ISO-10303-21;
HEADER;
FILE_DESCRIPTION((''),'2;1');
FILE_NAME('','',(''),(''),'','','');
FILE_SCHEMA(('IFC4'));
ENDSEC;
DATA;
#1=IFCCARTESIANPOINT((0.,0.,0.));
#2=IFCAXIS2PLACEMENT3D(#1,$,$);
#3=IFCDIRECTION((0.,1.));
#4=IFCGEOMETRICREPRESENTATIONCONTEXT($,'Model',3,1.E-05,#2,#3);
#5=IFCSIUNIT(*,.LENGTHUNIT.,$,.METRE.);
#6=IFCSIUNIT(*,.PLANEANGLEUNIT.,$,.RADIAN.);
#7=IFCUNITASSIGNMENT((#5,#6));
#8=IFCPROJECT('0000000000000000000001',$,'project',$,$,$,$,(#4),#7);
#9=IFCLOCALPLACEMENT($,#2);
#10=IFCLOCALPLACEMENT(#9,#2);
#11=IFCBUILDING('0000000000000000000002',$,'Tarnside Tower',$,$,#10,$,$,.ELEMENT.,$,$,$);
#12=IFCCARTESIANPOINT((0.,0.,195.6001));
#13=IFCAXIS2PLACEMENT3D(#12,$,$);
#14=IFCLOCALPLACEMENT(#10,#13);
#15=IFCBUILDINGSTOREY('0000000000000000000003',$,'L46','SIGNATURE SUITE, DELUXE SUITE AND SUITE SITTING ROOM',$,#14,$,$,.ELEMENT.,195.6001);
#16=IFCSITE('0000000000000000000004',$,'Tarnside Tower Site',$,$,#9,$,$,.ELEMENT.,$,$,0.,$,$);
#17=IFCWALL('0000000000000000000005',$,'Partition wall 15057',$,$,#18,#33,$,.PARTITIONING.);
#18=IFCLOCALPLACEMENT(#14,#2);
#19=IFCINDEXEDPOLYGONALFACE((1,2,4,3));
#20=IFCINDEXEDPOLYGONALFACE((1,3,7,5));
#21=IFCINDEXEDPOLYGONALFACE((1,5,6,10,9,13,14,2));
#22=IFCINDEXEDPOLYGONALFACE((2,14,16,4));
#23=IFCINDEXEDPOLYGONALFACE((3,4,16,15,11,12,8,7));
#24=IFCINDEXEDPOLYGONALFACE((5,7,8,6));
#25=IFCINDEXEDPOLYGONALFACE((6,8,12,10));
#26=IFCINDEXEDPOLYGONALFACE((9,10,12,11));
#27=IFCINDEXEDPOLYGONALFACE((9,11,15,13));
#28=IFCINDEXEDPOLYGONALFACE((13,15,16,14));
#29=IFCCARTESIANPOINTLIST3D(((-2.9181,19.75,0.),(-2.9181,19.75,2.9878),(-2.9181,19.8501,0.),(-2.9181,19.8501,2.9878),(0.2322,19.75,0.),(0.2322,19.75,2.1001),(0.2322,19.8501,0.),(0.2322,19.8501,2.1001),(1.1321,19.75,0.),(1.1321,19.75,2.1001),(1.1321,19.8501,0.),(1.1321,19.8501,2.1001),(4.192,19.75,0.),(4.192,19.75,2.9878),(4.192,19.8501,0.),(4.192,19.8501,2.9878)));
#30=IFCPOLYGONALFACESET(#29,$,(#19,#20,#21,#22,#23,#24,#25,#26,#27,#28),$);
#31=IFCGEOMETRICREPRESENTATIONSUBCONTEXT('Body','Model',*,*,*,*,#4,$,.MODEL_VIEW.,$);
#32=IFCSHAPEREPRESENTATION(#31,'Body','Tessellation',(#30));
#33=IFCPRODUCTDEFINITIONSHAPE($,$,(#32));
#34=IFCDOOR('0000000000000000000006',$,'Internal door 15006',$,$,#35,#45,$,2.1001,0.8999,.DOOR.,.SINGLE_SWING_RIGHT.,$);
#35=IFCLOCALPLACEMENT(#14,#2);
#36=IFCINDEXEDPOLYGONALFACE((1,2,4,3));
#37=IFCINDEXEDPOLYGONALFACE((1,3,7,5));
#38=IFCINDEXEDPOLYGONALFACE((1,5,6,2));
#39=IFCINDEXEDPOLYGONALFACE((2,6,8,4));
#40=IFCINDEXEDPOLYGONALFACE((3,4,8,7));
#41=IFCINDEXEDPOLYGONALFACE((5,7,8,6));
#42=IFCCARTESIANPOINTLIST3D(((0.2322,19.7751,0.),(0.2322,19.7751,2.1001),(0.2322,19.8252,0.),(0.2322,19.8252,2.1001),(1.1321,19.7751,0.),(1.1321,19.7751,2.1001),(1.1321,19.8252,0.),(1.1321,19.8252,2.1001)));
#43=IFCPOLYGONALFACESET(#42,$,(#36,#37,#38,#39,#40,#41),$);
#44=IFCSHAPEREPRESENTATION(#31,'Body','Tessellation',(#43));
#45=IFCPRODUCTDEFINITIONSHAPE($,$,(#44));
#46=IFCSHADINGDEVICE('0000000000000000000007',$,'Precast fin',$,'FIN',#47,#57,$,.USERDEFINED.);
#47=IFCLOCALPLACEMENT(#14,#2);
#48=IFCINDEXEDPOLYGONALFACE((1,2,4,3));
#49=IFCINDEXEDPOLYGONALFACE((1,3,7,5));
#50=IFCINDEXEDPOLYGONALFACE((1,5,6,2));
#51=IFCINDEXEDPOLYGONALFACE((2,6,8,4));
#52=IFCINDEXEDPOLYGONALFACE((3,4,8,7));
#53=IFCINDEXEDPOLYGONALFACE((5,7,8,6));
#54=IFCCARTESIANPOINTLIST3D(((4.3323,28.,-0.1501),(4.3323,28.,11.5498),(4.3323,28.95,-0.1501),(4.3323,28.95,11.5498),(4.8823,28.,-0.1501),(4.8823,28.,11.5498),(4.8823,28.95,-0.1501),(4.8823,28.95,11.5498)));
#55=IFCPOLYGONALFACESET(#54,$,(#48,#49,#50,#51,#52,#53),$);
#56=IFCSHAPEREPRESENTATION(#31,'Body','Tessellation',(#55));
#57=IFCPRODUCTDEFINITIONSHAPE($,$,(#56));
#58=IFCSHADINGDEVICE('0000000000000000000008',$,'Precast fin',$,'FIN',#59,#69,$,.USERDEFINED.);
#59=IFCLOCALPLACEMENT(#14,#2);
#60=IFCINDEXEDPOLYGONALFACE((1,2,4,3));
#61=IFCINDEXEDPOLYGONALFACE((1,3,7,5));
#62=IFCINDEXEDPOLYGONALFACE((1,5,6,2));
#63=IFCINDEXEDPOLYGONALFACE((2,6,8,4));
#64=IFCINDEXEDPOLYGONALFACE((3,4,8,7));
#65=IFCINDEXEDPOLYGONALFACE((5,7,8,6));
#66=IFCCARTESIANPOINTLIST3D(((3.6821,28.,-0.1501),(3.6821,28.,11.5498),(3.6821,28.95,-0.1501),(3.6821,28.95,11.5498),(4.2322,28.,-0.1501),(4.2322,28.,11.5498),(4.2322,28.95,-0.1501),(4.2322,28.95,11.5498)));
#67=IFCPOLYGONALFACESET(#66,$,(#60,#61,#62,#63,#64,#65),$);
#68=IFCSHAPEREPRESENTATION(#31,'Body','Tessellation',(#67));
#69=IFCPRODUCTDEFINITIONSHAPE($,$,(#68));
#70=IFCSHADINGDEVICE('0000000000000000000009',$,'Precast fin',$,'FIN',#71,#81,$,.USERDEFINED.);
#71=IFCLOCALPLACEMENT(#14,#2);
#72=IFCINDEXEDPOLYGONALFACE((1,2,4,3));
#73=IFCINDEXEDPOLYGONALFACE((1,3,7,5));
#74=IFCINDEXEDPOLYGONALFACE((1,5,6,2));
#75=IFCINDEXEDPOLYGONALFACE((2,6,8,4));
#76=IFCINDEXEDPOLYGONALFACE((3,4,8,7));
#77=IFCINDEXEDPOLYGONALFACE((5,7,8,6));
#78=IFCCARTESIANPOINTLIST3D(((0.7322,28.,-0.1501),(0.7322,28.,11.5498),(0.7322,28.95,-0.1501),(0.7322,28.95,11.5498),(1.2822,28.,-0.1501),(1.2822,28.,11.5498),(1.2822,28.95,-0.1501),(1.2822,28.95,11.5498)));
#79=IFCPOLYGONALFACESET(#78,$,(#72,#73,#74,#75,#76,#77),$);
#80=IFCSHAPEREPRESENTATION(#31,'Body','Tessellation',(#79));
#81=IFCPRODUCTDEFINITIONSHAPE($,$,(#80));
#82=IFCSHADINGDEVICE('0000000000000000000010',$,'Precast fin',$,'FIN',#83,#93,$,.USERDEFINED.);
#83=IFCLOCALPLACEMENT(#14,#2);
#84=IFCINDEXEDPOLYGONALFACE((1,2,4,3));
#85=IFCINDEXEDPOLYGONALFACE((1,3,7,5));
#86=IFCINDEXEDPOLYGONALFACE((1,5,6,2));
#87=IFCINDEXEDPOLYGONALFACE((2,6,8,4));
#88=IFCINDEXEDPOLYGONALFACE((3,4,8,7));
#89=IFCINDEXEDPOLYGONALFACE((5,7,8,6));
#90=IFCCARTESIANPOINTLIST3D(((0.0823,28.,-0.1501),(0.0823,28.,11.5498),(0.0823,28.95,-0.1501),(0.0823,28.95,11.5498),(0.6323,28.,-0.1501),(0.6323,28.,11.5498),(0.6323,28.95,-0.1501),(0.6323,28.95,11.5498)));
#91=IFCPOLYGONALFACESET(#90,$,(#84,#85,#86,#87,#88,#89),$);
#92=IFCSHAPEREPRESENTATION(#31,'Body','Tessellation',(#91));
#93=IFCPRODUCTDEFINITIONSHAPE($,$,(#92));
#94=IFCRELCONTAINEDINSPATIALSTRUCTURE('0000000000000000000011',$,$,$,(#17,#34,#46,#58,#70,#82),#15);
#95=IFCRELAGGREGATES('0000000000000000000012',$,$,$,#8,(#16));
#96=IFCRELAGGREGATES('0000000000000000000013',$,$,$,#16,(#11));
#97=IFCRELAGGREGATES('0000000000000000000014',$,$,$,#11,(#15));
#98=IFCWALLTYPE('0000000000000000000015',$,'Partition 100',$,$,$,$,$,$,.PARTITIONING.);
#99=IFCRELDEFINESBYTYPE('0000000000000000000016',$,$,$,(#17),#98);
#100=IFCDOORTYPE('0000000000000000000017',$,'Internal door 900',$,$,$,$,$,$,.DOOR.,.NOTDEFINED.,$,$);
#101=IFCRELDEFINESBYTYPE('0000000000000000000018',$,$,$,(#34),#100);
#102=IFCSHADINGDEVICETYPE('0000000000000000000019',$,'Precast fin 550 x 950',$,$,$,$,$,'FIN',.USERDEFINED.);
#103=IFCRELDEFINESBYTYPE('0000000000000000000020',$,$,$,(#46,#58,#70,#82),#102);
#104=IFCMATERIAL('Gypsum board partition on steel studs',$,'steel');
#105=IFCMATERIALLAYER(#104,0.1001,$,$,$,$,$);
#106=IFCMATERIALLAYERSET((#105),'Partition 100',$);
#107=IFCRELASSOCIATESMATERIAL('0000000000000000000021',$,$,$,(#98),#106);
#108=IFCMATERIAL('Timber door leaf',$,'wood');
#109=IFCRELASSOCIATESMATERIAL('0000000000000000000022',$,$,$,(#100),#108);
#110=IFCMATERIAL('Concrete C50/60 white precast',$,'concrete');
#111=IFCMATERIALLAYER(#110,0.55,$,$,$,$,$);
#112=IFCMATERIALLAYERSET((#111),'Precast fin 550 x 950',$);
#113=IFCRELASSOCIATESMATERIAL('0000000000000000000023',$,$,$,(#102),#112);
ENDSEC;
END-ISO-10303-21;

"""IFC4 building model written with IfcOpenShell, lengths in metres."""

from ifc_helpers import new_model, si_unit, direction, frame, frame_2d, origin, place, context, subcontext, project, spatial, polyline, rectangle, outline, extrude, material, layer, layer_set, type_object, element, fill, save


model = new_model("IFC4")

# Units and contexts
model_context = context("Model", 3, precision=1e-05, world=origin(), true_north=direction((0.0, 1.0)))
body_context = subcontext(model_context, "Body", "Model", "MODEL_VIEW")
ifc_project = project(units=[si_unit("LENGTHUNIT", "METRE"), si_unit("PLANEANGLEUNIT", "RADIAN")], contexts=[model_context])

# Site, building, storey
site_placement = place(None, origin())
site = spatial("IfcSite", under=ifc_project, at=site_placement, Name="Tarnside Tower Site", CompositionType="ELEMENT", RefElevation=0.0)
building_placement = place(site_placement, origin())
building = spatial("IfcBuilding", under=site, at=building_placement, Name="Tarnside Tower", CompositionType="ELEMENT")
storey_placement = place(building_placement, frame((0.0, 0.0, 195.6001)))
storey = spatial("IfcBuildingStorey", under=building, at=storey_placement, Name="L46", Description="SIGNATURE SUITE, DELUXE SUITE AND SUITE SITTING ROOM", CompositionType="ELEMENT", Elevation=195.6001)

# Shared definitions
ifc_material_1 = material(Name="Gypsum board partition on steel studs", Category="steel")

# Shared definitions
ifc_material_2 = material(Name="Timber door leaf", Category="wood")

# Wall, opening, door
ifc_layer_1 = layer(ifc_material_1, 0.1001)
ifc_layer_set_1 = layer_set([ifc_layer_1], Name="Partition 100")
wall_type_1 = type_object("IfcWallType", Name="Partition 100", PredefinedType="PARTITIONING", material=ifc_layer_set_1)
wall_1_placement = place(storey_placement, frame((4.1921, 19.8, 0.0), z_axis=(0.0, 0.0, 1.0), x_axis=(-1.0, 0.0, 0.0)))
wall_1 = element("IfcWall", 1, at=wall_1_placement, inside=storey, type_object=wall_type_1, Name="Partition wall 15057", PredefinedType="PARTITIONING", context=body_context, shape_type="SweptSolid", body=[
    extrude(rectangle(XDim=7.1101, YDim=0.1001, at=frame_2d((3.5552, 0.0))), origin(), (0.0, 0.0, 1.0), 2.9878),
])
opening_1_placement = place(wall_1_placement, frame((3.0601, 0.0, 0.0)))
opening_1 = element("IfcOpeningElement", 2, at=opening_1_placement, cuts=wall_1, PredefinedType="OPENING", context=body_context, shape_type="SweptSolid", body=[
    extrude(rectangle(XDim=0.8999, YDim=2.1001, at=frame_2d((0.45, 1.05))), frame((0.0, 0.0601, 0.0), z_axis=(0.0, -1.0, 0.0), x_axis=(1.0, 0.0, 0.0)), (0.0, 0.0, 1.0), 0.1201),
])
door_type_1 = type_object("IfcDoorType", Name="Internal door 900", OperationType="NOTDEFINED", PredefinedType="DOOR", material=ifc_material_2)
door_1_placement = place(opening_1_placement, origin())
door_1 = element("IfcDoor", 3, at=door_1_placement, inside=storey, type_object=door_type_1, Name="Internal door 15006", OperationType="SINGLE_SWING_RIGHT", OverallHeight=2.1001, OverallWidth=0.8999, PredefinedType="DOOR", context=body_context, shape_type="SweptSolid", body=[
    extrude(rectangle(XDim=0.8999, YDim=2.1001, at=frame_2d((0.45, 1.05))), frame((0.0, 0.0249, 0.0), z_axis=(0.0, -1.0, 0.0), x_axis=(1.0, 0.0, 0.0)), (0.0, 0.0, 1.0), 0.05),
])
fill(opening_1, door_1)

# Shading devices
ifc_material_3 = material(Name="Concrete C50/60 white precast", Category="concrete")
ifc_layer_2 = layer(ifc_material_3, 0.55)
ifc_layer_set_2 = layer_set([ifc_layer_2], Name="Precast fin 550 x 950")
shading_device_type = type_object("IfcShadingDeviceType", Name="Precast fin 550 x 950", ElementType="FIN", PredefinedType="USERDEFINED", material=ifc_layer_set_2)
for number, where, z_axis, x_axis, name in (
    (4, (4.6072, 28.0, -0.1501), (1.0, 0.0, 0.0), (0.0, 1.0, 0.0), "Precast fin"),
    (5, (3.957, 28.0, -0.1501), (1.0, 0.0, 0.0), (0.0, 1.0, 0.0), "Precast fin"),
    (6, (1.0071, 28.0, -0.1501), (1.0, 0.0, 0.0), (0.0, 1.0, 0.0), "Precast fin"),
    (7, (0.3572, 28.0, -0.1501), (1.0, 0.0, 0.0), (0.0, 1.0, 0.0), "Precast fin"),
):
    element("IfcShadingDevice", number, at=place(storey_placement, frame(where, z_axis=z_axis, x_axis=x_axis)), inside=storey, type_object=shading_device_type, Name=name, ObjectType="FIN", PredefinedType="USERDEFINED", context=body_context, shape_type="SweptSolid", body=[
        extrude(outline(polyline([(0.0, 0.0), (0.95, 0.0), (0.95, 11.7), (0.0, 11.7), (0.0, 0.0)])), frame((0.0, 0.0, -0.2749)), (0.0, 0.0, 1.0), 0.55),
    ])

save(model, "model.ifc")
